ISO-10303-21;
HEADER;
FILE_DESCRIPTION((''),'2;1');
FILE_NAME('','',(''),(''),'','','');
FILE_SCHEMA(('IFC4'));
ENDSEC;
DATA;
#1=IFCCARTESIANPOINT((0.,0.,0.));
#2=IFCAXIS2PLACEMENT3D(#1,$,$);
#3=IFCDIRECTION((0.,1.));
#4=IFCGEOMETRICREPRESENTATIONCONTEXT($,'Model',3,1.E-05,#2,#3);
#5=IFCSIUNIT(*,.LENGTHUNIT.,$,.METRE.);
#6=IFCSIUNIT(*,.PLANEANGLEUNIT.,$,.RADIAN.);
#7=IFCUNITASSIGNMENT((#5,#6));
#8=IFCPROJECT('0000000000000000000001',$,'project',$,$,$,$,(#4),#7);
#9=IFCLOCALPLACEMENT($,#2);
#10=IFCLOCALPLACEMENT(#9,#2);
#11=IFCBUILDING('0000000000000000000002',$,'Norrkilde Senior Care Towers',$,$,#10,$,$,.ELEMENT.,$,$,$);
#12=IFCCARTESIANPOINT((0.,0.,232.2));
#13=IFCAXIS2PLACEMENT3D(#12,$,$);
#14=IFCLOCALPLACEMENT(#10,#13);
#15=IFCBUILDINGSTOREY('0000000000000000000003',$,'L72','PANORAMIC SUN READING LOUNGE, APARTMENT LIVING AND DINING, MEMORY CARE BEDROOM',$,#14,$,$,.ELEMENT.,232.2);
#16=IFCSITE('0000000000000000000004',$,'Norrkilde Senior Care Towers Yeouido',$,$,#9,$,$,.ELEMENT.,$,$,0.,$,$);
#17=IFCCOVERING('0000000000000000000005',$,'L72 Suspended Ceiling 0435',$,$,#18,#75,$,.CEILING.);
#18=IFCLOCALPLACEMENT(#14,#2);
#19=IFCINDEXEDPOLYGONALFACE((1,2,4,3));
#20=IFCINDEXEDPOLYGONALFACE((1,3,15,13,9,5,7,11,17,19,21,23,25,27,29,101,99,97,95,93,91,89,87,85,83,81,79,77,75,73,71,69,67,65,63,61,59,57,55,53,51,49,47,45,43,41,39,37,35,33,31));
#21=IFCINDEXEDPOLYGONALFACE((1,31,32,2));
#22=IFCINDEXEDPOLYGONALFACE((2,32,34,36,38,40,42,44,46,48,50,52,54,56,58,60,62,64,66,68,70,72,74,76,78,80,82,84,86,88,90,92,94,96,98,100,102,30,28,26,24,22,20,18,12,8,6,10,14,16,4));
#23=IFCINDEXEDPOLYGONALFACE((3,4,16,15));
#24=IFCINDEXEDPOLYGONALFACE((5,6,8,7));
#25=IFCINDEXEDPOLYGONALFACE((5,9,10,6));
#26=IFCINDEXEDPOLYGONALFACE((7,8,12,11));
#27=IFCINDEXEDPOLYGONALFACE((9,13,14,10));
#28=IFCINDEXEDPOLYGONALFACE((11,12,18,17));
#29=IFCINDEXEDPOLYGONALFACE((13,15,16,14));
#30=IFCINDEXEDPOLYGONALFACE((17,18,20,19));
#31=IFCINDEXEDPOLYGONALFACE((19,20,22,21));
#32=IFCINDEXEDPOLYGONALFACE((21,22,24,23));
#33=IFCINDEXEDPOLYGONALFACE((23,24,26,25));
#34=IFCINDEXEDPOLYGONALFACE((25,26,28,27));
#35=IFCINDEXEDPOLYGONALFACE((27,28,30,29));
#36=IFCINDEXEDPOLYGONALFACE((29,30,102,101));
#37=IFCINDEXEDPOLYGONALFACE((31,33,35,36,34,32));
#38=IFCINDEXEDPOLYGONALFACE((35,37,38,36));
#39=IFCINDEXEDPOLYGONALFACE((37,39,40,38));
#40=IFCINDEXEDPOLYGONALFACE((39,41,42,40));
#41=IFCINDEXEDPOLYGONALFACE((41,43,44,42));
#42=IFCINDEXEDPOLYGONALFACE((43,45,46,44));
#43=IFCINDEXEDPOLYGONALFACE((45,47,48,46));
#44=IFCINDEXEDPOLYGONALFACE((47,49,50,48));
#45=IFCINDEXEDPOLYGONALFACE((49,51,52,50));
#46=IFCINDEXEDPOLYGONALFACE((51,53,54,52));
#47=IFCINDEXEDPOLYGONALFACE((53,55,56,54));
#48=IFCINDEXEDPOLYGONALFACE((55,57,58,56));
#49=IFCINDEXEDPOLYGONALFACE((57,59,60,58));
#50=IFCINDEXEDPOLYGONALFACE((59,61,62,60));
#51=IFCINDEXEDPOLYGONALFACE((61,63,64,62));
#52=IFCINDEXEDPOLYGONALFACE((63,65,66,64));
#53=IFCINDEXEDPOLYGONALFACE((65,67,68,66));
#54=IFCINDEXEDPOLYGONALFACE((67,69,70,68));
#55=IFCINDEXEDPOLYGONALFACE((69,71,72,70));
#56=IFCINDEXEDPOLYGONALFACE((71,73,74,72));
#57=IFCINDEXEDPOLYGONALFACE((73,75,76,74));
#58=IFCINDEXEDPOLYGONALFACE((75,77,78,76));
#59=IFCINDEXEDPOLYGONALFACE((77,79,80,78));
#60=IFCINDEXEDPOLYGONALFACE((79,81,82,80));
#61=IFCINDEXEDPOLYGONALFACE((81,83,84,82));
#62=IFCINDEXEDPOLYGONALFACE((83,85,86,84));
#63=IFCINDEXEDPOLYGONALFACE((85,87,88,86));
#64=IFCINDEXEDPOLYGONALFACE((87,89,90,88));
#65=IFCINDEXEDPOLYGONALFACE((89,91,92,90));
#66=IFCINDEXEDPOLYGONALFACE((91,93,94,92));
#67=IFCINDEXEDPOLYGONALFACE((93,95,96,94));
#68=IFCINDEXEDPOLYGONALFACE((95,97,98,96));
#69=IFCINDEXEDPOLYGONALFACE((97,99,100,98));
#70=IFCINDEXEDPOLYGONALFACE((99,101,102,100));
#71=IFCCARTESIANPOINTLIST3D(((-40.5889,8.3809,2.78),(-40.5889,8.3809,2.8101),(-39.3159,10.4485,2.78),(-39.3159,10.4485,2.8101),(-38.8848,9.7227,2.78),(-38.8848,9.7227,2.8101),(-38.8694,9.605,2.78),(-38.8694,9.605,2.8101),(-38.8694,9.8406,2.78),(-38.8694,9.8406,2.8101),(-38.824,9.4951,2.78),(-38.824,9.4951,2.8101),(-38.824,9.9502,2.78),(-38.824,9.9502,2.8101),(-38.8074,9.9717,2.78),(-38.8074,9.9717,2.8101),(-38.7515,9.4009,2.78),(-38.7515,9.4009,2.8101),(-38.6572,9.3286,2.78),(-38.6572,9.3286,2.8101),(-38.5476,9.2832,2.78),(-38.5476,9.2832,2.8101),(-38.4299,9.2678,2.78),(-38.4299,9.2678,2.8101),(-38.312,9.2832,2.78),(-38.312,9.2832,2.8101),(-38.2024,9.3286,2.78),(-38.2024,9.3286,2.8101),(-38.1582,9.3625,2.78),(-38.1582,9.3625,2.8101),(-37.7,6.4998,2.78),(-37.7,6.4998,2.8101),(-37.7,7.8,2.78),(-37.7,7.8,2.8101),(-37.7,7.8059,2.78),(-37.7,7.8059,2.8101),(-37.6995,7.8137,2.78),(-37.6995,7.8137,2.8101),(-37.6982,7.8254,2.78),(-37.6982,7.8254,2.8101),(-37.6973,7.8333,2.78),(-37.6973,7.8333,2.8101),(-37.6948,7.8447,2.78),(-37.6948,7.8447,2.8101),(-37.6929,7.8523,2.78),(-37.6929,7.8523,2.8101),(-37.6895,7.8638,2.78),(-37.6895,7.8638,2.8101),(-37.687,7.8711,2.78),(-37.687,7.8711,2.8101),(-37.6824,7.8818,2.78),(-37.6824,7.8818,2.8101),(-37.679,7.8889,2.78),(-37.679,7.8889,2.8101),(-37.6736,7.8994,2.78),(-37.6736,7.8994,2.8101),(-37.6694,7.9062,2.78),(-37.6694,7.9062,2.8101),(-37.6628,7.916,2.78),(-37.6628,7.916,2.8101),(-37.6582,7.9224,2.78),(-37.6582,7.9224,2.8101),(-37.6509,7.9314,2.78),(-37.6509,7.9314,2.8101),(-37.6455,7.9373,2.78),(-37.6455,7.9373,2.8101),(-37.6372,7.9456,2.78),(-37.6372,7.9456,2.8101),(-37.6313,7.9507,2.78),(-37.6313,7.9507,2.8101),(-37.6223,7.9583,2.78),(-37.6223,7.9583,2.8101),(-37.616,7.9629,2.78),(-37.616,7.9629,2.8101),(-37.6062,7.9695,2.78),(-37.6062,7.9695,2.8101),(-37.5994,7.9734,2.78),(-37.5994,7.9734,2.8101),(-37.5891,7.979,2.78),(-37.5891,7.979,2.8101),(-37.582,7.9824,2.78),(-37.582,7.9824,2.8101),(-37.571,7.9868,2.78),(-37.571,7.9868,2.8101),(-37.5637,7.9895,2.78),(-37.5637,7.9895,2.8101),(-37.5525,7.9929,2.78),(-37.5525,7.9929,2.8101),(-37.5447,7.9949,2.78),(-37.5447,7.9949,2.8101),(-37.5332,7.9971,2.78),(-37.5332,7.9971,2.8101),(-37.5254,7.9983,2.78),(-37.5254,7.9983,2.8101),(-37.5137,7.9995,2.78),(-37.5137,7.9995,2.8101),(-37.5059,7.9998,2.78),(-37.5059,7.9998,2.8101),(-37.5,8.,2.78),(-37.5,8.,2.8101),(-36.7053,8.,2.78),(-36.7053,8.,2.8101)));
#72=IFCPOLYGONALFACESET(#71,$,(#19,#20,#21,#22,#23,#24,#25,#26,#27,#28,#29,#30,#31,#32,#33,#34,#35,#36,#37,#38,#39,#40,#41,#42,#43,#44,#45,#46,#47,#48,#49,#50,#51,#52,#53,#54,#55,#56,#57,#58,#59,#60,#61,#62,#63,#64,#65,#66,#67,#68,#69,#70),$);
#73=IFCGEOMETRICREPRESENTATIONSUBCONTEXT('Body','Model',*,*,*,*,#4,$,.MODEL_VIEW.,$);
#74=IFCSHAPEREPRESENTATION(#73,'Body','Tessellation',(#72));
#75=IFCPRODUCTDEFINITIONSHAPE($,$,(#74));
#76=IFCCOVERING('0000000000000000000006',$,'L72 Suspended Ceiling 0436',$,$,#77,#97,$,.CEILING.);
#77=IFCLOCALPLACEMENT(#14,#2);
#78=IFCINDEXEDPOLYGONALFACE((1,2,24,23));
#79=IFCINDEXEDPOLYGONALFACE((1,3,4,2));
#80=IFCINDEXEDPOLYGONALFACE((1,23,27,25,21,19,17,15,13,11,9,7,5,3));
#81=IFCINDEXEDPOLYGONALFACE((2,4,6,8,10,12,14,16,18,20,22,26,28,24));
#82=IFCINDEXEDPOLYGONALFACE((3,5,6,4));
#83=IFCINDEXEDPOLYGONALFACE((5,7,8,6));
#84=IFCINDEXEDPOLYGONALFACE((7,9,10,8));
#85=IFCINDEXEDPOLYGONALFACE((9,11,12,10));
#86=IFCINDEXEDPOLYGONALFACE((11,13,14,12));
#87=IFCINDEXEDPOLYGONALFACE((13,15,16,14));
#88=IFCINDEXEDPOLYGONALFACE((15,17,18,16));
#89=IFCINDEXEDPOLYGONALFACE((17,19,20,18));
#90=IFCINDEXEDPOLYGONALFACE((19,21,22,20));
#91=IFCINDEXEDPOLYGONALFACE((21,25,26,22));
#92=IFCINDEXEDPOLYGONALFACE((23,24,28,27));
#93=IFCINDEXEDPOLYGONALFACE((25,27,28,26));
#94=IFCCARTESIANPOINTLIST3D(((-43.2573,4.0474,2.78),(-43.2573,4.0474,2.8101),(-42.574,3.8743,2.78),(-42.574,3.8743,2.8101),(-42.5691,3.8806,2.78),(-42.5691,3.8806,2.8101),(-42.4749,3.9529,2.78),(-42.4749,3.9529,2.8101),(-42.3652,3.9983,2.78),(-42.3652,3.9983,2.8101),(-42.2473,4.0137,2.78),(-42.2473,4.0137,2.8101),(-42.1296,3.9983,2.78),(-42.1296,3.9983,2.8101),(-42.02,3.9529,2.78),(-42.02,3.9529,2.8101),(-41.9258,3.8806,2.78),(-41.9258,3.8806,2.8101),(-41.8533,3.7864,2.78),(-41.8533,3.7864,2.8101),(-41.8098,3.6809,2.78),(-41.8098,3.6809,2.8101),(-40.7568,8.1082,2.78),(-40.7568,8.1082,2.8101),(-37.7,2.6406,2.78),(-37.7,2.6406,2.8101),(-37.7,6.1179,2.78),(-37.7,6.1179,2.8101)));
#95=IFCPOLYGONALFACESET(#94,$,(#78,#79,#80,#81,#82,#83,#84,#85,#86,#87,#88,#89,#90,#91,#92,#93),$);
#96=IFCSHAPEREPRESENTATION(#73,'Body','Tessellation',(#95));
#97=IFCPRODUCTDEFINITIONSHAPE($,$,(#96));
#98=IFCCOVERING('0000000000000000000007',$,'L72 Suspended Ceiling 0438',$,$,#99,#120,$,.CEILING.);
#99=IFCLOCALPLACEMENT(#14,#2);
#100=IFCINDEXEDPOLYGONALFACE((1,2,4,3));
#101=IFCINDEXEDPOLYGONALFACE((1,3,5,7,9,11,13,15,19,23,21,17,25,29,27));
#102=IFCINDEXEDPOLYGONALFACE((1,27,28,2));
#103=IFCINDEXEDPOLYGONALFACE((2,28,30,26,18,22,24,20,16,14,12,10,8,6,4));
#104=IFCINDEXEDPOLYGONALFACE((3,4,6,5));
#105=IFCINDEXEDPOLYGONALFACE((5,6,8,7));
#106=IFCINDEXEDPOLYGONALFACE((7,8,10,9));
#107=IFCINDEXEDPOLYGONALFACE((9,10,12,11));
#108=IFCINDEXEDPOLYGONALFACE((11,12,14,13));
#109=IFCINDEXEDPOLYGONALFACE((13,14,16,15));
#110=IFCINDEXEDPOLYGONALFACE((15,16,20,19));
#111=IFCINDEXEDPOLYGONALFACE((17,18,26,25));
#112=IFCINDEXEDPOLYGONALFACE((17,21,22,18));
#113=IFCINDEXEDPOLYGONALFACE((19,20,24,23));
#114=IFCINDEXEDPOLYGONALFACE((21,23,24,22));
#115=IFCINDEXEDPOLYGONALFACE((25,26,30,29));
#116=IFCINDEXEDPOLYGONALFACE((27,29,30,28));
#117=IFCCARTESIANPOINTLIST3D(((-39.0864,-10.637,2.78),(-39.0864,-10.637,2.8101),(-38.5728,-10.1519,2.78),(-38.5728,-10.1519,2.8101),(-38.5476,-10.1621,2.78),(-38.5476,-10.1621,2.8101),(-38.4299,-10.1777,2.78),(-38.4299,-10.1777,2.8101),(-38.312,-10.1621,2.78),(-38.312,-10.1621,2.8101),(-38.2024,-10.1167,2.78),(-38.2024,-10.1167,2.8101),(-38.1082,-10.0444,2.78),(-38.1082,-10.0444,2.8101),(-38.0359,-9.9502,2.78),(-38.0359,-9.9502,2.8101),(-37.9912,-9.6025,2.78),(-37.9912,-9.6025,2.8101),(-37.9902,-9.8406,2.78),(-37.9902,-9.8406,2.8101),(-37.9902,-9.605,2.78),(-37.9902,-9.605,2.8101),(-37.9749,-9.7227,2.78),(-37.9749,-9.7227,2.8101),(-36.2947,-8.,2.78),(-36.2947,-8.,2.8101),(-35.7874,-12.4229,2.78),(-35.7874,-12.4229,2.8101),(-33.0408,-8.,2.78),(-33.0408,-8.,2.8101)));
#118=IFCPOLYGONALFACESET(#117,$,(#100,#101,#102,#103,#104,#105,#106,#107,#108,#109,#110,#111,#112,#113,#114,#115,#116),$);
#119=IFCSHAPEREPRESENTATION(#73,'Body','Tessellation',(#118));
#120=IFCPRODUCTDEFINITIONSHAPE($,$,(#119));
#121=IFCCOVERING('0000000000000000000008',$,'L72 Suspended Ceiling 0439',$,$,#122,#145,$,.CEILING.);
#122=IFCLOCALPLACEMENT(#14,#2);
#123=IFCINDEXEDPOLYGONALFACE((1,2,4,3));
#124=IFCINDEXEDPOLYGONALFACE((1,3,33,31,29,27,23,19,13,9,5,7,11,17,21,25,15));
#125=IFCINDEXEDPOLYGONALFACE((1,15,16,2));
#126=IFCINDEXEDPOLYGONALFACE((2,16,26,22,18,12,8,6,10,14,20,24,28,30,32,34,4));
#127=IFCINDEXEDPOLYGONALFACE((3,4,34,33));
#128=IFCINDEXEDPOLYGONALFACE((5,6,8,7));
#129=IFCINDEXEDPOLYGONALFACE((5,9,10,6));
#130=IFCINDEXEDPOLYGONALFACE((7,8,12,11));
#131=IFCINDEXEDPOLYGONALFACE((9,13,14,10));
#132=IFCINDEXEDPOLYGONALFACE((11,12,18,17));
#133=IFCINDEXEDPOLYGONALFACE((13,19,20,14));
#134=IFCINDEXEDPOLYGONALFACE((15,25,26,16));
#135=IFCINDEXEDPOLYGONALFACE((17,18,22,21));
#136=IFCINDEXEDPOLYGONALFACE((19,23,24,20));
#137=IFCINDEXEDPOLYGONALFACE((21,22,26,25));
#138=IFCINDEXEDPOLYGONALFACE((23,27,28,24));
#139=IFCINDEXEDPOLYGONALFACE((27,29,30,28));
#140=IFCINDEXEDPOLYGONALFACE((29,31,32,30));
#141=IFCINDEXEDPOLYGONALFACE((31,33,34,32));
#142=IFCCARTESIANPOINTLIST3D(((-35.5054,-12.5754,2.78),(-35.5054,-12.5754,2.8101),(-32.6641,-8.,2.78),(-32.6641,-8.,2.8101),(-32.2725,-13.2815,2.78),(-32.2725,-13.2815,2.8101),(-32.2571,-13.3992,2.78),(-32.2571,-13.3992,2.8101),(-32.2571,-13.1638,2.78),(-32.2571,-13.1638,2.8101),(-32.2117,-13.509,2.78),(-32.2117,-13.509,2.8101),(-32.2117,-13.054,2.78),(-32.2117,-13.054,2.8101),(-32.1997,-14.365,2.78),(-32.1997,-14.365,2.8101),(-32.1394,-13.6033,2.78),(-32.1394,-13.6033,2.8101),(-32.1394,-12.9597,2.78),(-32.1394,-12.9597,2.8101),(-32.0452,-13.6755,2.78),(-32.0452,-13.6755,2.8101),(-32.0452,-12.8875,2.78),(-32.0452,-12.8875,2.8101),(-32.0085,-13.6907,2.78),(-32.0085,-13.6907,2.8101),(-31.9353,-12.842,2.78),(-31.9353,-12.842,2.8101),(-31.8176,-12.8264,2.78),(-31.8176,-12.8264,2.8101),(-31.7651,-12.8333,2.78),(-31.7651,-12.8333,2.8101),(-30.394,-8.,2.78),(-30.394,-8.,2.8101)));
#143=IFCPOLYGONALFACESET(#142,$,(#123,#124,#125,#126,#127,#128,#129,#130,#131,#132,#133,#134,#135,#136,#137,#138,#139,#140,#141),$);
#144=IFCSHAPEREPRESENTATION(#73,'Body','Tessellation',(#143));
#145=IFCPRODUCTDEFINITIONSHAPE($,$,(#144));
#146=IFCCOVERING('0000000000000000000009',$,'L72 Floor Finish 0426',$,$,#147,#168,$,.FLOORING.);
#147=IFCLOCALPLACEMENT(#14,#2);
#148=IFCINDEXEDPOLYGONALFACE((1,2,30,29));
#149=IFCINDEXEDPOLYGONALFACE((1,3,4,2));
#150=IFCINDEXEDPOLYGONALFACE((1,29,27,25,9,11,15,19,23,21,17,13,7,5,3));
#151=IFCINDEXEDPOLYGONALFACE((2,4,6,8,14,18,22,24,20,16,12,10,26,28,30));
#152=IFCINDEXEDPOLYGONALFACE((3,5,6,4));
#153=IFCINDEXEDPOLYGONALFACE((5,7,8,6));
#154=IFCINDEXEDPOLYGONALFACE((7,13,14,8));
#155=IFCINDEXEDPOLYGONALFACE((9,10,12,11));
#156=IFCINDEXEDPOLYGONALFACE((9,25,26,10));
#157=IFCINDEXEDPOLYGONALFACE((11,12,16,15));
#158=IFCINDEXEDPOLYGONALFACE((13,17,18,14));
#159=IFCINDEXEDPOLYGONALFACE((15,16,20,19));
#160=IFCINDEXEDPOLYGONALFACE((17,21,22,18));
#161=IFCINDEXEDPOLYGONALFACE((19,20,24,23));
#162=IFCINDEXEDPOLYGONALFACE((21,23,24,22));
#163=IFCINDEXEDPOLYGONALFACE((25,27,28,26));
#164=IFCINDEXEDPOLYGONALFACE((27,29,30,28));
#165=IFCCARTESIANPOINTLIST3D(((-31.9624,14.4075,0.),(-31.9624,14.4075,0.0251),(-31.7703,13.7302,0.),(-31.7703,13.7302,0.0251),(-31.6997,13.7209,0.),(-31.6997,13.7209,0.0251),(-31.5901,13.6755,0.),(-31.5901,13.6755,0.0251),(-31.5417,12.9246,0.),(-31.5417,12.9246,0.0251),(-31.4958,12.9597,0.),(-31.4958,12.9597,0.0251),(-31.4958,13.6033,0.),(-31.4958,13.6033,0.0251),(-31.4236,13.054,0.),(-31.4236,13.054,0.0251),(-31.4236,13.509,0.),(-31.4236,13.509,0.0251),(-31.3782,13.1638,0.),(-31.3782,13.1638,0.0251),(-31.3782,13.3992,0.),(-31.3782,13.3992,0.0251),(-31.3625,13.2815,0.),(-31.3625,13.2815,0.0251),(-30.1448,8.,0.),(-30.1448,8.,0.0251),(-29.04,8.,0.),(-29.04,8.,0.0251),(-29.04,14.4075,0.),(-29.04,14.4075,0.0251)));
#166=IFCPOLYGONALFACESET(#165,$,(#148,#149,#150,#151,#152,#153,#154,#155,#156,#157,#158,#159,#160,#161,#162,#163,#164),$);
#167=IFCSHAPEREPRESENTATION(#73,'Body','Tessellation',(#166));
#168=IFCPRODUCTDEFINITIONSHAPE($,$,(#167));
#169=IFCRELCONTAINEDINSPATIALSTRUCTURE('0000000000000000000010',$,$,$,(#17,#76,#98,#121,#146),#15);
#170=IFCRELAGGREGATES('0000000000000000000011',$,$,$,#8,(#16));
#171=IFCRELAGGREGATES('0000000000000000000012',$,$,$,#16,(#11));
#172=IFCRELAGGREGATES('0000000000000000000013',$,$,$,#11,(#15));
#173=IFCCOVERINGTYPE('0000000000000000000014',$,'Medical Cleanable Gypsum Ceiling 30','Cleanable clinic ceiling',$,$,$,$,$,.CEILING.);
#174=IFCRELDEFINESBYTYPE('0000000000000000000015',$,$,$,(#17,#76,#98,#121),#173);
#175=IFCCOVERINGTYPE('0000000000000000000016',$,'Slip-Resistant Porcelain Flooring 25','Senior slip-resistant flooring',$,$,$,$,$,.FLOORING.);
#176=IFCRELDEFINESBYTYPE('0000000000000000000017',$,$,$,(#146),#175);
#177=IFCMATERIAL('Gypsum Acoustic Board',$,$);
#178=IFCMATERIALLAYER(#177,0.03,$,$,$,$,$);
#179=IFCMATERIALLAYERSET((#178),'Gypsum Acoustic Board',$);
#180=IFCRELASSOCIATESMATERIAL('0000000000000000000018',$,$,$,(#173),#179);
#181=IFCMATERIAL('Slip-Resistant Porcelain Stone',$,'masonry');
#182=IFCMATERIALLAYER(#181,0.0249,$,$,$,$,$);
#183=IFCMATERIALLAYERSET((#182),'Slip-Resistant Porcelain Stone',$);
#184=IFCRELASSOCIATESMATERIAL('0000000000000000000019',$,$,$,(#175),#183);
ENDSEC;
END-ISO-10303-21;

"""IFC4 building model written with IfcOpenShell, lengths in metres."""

from ifc_helpers import new_model, si_unit, direction, frame, origin, place, context, subcontext, project, spatial, polyline, outline, extrude, material, layer, layer_set, type_object, element, save


model = new_model("IFC4")

# Units and contexts
model_context = context("Model", 3, precision=1e-05, world=origin(), true_north=direction((0.0, 1.0)))
body_context = subcontext(model_context, "Body", "Model", "MODEL_VIEW")
ifc_project = project(units=[si_unit("LENGTHUNIT", "METRE"), si_unit("PLANEANGLEUNIT", "RADIAN")], contexts=[model_context])

# Site, building, storey
site_placement = place(None, origin())
site = spatial("IfcSite", under=ifc_project, at=site_placement, Name="Norrkilde Senior Care Towers Yeouido", CompositionType="ELEMENT", RefElevation=0.0)
building_placement = place(site_placement, origin())
building = spatial("IfcBuilding", under=site, at=building_placement, Name="Norrkilde Senior Care Towers", CompositionType="ELEMENT")
storey_placement = place(building_placement, frame((0.0, 0.0, 232.2)))
storey = spatial("IfcBuildingStorey", under=building, at=storey_placement, Name="L72", Description="PANORAMIC SUN READING LOUNGE, APARTMENT LIVING AND DINING, MEMORY CARE BEDROOM", CompositionType="ELEMENT", Elevation=232.2)

# Coverings
ifc_material_1 = material(Name="Gypsum Acoustic Board")
ifc_layer_1 = layer(ifc_material_1, 0.03)
ifc_layer_set_1 = layer_set([ifc_layer_1], Name="Gypsum Acoustic Board")
covering_type_1 = type_object("IfcCoveringType", Name="Medical Cleanable Gypsum Ceiling 30", Description="Cleanable clinic ceiling", PredefinedType="CEILING", material=ifc_layer_set_1)
covering_1_placement = place(storey_placement, frame((0.0, 0.0, 2.78)))
element("IfcCovering", 1, at=covering_1_placement, inside=storey, type_object=covering_type_1, Name="L72 Suspended Ceiling 0435", PredefinedType="CEILING", context=body_context, shape_type="SweptSolid", body=[
    extrude(outline(polyline([(-37.5254, 7.9983), (-37.5332, 7.9971), (-37.5447, 7.9949), (-37.5525, 7.9929), (-37.5637, 7.9895), (-37.571, 7.9868), (-37.582, 7.9824), (-37.5891, 7.979), (-37.5994, 7.9734), (-37.6062, 7.9695), (-37.616, 7.9629), (-37.6223, 7.9583), (-37.6313, 7.9507), (-37.6372, 7.9456), (-37.6455, 7.9373), (-37.6509, 7.9314), (-37.6582, 7.9224), (-37.6628, 7.916), (-37.6694, 7.9062), (-37.6736, 7.8994), (-37.679, 7.8889), (-37.6824, 7.8818), (-37.687, 7.8711), (-37.6895, 7.8638), (-37.6929, 7.8523), (-37.6948, 7.8447), (-37.6973, 7.8333), (-37.6982, 7.8254), (-37.6995, 7.8137), (-37.7, 7.8059), (-37.7, 7.8), (-37.7, 6.4998), (-40.5889, 8.3809), (-39.3159, 10.4485), (-38.8074, 9.9717), (-38.824, 9.9502), (-38.8694, 9.8406), (-38.8848, 9.7227), (-38.8694, 9.605), (-38.824, 9.4951), (-38.7515, 9.4009), (-38.6572, 9.3286), (-38.5476, 9.2832), (-38.4299, 9.2678), (-38.312, 9.2832), (-38.2024, 9.3286), (-38.1582, 9.3625), (-36.7053, 8.0), (-37.5, 8.0), (-37.5059, 7.9998), (-37.5137, 7.9995), (-37.5254, 7.9983)])), origin(), (0.0, 0.0, 1.0), 0.03),
])
covering_2_placement = place(storey_placement, frame((0.0, 0.0, 2.78)))
element("IfcCovering", 2, at=covering_2_placement, inside=storey, type_object=covering_type_1, Name="L72 Suspended Ceiling 0436", PredefinedType="CEILING", context=body_context, shape_type="SweptSolid", body=[
    extrude(outline(polyline([(-40.7568, 8.1082), (-37.7, 6.1179), (-37.7, 2.6406), (-41.8098, 3.6809), (-41.8533, 3.7864), (-41.9258, 3.8806), (-42.02, 3.9529), (-42.1296, 3.9983), (-42.2473, 4.0137), (-42.3652, 3.9983), (-42.4749, 3.9529), (-42.5691, 3.8806), (-42.574, 3.8743), (-43.2573, 4.0474), (-40.7568, 8.1082)])), origin(), (0.0, 0.0, 1.0), 0.03),
])
covering_3_placement = place(storey_placement, frame((0.0, 0.0, 2.78)))
element("IfcCovering", 3, at=covering_3_placement, inside=storey, type_object=covering_type_1, Name="L72 Suspended Ceiling 0438", PredefinedType="CEILING", context=body_context, shape_type="SweptSolid", body=[
    extrude(outline(polyline([(-38.5728, -10.1519), (-38.5476, -10.1621), (-38.4299, -10.1777), (-38.312, -10.1621), (-38.2024, -10.1167), (-38.1082, -10.0444), (-38.0359, -9.9502), (-37.9902, -9.8406), (-37.9749, -9.7227), (-37.9902, -9.605), (-37.9912, -9.6025), (-36.2947, -8.0), (-33.0408, -8.0), (-35.7874, -12.4229), (-39.0864, -10.637), (-38.5728, -10.1519)])), origin(), (0.0, 0.0, 1.0), 0.03),
])
covering_4_placement = place(storey_placement, frame((0.0, 0.0, 2.78)))
element("IfcCovering", 4, at=covering_4_placement, inside=storey, type_object=covering_type_1, Name="L72 Suspended Ceiling 0439", PredefinedType="CEILING", context=body_context, shape_type="SweptSolid", body=[
    extrude(outline(polyline([(-31.7651, -12.8333), (-31.8176, -12.8264), (-31.9353, -12.842), (-32.0452, -12.8875), (-32.1394, -12.9597), (-32.2117, -13.054), (-32.2571, -13.1638), (-32.2725, -13.2815), (-32.2571, -13.3992), (-32.2117, -13.509), (-32.1394, -13.6033), (-32.0452, -13.6755), (-32.0085, -13.6907), (-32.1997, -14.365), (-35.5054, -12.5754), (-32.6641, -8.0), (-30.394, -8.0), (-31.7651, -12.8333)])), origin(), (0.0, 0.0, 1.0), 0.03),
])
ifc_material_2 = material(Name="Slip-Resistant Porcelain Stone", Category="masonry")
ifc_layer_2 = layer(ifc_material_2, 0.0249)
ifc_layer_set_2 = layer_set([ifc_layer_2], Name="Slip-Resistant Porcelain Stone")
covering_type_2 = type_object("IfcCoveringType", Name="Slip-Resistant Porcelain Flooring 25", Description="Senior slip-resistant flooring", PredefinedType="FLOORING", material=ifc_layer_set_2)
covering_5_placement = place(storey_placement, origin())
element("IfcCovering", 5, at=covering_5_placement, inside=storey, type_object=covering_type_2, Name="L72 Floor Finish 0426", PredefinedType="FLOORING", context=body_context, shape_type="SweptSolid", body=[
    extrude(outline(polyline([(-29.04, 14.4075), (-29.04, 8.0), (-30.1448, 8.0), (-31.5417, 12.9246), (-31.4958, 12.9597), (-31.4236, 13.054), (-31.3782, 13.1638), (-31.3625, 13.2815), (-31.3782, 13.3992), (-31.4236, 13.509), (-31.4958, 13.6033), (-31.5901, 13.6755), (-31.6997, 13.7209), (-31.7703, 13.7302), (-31.9624, 14.4075), (-29.04, 14.4075)])), origin(), (0.0, 0.0, 1.0), 0.0251),
])

save(model, "model.ifc")
